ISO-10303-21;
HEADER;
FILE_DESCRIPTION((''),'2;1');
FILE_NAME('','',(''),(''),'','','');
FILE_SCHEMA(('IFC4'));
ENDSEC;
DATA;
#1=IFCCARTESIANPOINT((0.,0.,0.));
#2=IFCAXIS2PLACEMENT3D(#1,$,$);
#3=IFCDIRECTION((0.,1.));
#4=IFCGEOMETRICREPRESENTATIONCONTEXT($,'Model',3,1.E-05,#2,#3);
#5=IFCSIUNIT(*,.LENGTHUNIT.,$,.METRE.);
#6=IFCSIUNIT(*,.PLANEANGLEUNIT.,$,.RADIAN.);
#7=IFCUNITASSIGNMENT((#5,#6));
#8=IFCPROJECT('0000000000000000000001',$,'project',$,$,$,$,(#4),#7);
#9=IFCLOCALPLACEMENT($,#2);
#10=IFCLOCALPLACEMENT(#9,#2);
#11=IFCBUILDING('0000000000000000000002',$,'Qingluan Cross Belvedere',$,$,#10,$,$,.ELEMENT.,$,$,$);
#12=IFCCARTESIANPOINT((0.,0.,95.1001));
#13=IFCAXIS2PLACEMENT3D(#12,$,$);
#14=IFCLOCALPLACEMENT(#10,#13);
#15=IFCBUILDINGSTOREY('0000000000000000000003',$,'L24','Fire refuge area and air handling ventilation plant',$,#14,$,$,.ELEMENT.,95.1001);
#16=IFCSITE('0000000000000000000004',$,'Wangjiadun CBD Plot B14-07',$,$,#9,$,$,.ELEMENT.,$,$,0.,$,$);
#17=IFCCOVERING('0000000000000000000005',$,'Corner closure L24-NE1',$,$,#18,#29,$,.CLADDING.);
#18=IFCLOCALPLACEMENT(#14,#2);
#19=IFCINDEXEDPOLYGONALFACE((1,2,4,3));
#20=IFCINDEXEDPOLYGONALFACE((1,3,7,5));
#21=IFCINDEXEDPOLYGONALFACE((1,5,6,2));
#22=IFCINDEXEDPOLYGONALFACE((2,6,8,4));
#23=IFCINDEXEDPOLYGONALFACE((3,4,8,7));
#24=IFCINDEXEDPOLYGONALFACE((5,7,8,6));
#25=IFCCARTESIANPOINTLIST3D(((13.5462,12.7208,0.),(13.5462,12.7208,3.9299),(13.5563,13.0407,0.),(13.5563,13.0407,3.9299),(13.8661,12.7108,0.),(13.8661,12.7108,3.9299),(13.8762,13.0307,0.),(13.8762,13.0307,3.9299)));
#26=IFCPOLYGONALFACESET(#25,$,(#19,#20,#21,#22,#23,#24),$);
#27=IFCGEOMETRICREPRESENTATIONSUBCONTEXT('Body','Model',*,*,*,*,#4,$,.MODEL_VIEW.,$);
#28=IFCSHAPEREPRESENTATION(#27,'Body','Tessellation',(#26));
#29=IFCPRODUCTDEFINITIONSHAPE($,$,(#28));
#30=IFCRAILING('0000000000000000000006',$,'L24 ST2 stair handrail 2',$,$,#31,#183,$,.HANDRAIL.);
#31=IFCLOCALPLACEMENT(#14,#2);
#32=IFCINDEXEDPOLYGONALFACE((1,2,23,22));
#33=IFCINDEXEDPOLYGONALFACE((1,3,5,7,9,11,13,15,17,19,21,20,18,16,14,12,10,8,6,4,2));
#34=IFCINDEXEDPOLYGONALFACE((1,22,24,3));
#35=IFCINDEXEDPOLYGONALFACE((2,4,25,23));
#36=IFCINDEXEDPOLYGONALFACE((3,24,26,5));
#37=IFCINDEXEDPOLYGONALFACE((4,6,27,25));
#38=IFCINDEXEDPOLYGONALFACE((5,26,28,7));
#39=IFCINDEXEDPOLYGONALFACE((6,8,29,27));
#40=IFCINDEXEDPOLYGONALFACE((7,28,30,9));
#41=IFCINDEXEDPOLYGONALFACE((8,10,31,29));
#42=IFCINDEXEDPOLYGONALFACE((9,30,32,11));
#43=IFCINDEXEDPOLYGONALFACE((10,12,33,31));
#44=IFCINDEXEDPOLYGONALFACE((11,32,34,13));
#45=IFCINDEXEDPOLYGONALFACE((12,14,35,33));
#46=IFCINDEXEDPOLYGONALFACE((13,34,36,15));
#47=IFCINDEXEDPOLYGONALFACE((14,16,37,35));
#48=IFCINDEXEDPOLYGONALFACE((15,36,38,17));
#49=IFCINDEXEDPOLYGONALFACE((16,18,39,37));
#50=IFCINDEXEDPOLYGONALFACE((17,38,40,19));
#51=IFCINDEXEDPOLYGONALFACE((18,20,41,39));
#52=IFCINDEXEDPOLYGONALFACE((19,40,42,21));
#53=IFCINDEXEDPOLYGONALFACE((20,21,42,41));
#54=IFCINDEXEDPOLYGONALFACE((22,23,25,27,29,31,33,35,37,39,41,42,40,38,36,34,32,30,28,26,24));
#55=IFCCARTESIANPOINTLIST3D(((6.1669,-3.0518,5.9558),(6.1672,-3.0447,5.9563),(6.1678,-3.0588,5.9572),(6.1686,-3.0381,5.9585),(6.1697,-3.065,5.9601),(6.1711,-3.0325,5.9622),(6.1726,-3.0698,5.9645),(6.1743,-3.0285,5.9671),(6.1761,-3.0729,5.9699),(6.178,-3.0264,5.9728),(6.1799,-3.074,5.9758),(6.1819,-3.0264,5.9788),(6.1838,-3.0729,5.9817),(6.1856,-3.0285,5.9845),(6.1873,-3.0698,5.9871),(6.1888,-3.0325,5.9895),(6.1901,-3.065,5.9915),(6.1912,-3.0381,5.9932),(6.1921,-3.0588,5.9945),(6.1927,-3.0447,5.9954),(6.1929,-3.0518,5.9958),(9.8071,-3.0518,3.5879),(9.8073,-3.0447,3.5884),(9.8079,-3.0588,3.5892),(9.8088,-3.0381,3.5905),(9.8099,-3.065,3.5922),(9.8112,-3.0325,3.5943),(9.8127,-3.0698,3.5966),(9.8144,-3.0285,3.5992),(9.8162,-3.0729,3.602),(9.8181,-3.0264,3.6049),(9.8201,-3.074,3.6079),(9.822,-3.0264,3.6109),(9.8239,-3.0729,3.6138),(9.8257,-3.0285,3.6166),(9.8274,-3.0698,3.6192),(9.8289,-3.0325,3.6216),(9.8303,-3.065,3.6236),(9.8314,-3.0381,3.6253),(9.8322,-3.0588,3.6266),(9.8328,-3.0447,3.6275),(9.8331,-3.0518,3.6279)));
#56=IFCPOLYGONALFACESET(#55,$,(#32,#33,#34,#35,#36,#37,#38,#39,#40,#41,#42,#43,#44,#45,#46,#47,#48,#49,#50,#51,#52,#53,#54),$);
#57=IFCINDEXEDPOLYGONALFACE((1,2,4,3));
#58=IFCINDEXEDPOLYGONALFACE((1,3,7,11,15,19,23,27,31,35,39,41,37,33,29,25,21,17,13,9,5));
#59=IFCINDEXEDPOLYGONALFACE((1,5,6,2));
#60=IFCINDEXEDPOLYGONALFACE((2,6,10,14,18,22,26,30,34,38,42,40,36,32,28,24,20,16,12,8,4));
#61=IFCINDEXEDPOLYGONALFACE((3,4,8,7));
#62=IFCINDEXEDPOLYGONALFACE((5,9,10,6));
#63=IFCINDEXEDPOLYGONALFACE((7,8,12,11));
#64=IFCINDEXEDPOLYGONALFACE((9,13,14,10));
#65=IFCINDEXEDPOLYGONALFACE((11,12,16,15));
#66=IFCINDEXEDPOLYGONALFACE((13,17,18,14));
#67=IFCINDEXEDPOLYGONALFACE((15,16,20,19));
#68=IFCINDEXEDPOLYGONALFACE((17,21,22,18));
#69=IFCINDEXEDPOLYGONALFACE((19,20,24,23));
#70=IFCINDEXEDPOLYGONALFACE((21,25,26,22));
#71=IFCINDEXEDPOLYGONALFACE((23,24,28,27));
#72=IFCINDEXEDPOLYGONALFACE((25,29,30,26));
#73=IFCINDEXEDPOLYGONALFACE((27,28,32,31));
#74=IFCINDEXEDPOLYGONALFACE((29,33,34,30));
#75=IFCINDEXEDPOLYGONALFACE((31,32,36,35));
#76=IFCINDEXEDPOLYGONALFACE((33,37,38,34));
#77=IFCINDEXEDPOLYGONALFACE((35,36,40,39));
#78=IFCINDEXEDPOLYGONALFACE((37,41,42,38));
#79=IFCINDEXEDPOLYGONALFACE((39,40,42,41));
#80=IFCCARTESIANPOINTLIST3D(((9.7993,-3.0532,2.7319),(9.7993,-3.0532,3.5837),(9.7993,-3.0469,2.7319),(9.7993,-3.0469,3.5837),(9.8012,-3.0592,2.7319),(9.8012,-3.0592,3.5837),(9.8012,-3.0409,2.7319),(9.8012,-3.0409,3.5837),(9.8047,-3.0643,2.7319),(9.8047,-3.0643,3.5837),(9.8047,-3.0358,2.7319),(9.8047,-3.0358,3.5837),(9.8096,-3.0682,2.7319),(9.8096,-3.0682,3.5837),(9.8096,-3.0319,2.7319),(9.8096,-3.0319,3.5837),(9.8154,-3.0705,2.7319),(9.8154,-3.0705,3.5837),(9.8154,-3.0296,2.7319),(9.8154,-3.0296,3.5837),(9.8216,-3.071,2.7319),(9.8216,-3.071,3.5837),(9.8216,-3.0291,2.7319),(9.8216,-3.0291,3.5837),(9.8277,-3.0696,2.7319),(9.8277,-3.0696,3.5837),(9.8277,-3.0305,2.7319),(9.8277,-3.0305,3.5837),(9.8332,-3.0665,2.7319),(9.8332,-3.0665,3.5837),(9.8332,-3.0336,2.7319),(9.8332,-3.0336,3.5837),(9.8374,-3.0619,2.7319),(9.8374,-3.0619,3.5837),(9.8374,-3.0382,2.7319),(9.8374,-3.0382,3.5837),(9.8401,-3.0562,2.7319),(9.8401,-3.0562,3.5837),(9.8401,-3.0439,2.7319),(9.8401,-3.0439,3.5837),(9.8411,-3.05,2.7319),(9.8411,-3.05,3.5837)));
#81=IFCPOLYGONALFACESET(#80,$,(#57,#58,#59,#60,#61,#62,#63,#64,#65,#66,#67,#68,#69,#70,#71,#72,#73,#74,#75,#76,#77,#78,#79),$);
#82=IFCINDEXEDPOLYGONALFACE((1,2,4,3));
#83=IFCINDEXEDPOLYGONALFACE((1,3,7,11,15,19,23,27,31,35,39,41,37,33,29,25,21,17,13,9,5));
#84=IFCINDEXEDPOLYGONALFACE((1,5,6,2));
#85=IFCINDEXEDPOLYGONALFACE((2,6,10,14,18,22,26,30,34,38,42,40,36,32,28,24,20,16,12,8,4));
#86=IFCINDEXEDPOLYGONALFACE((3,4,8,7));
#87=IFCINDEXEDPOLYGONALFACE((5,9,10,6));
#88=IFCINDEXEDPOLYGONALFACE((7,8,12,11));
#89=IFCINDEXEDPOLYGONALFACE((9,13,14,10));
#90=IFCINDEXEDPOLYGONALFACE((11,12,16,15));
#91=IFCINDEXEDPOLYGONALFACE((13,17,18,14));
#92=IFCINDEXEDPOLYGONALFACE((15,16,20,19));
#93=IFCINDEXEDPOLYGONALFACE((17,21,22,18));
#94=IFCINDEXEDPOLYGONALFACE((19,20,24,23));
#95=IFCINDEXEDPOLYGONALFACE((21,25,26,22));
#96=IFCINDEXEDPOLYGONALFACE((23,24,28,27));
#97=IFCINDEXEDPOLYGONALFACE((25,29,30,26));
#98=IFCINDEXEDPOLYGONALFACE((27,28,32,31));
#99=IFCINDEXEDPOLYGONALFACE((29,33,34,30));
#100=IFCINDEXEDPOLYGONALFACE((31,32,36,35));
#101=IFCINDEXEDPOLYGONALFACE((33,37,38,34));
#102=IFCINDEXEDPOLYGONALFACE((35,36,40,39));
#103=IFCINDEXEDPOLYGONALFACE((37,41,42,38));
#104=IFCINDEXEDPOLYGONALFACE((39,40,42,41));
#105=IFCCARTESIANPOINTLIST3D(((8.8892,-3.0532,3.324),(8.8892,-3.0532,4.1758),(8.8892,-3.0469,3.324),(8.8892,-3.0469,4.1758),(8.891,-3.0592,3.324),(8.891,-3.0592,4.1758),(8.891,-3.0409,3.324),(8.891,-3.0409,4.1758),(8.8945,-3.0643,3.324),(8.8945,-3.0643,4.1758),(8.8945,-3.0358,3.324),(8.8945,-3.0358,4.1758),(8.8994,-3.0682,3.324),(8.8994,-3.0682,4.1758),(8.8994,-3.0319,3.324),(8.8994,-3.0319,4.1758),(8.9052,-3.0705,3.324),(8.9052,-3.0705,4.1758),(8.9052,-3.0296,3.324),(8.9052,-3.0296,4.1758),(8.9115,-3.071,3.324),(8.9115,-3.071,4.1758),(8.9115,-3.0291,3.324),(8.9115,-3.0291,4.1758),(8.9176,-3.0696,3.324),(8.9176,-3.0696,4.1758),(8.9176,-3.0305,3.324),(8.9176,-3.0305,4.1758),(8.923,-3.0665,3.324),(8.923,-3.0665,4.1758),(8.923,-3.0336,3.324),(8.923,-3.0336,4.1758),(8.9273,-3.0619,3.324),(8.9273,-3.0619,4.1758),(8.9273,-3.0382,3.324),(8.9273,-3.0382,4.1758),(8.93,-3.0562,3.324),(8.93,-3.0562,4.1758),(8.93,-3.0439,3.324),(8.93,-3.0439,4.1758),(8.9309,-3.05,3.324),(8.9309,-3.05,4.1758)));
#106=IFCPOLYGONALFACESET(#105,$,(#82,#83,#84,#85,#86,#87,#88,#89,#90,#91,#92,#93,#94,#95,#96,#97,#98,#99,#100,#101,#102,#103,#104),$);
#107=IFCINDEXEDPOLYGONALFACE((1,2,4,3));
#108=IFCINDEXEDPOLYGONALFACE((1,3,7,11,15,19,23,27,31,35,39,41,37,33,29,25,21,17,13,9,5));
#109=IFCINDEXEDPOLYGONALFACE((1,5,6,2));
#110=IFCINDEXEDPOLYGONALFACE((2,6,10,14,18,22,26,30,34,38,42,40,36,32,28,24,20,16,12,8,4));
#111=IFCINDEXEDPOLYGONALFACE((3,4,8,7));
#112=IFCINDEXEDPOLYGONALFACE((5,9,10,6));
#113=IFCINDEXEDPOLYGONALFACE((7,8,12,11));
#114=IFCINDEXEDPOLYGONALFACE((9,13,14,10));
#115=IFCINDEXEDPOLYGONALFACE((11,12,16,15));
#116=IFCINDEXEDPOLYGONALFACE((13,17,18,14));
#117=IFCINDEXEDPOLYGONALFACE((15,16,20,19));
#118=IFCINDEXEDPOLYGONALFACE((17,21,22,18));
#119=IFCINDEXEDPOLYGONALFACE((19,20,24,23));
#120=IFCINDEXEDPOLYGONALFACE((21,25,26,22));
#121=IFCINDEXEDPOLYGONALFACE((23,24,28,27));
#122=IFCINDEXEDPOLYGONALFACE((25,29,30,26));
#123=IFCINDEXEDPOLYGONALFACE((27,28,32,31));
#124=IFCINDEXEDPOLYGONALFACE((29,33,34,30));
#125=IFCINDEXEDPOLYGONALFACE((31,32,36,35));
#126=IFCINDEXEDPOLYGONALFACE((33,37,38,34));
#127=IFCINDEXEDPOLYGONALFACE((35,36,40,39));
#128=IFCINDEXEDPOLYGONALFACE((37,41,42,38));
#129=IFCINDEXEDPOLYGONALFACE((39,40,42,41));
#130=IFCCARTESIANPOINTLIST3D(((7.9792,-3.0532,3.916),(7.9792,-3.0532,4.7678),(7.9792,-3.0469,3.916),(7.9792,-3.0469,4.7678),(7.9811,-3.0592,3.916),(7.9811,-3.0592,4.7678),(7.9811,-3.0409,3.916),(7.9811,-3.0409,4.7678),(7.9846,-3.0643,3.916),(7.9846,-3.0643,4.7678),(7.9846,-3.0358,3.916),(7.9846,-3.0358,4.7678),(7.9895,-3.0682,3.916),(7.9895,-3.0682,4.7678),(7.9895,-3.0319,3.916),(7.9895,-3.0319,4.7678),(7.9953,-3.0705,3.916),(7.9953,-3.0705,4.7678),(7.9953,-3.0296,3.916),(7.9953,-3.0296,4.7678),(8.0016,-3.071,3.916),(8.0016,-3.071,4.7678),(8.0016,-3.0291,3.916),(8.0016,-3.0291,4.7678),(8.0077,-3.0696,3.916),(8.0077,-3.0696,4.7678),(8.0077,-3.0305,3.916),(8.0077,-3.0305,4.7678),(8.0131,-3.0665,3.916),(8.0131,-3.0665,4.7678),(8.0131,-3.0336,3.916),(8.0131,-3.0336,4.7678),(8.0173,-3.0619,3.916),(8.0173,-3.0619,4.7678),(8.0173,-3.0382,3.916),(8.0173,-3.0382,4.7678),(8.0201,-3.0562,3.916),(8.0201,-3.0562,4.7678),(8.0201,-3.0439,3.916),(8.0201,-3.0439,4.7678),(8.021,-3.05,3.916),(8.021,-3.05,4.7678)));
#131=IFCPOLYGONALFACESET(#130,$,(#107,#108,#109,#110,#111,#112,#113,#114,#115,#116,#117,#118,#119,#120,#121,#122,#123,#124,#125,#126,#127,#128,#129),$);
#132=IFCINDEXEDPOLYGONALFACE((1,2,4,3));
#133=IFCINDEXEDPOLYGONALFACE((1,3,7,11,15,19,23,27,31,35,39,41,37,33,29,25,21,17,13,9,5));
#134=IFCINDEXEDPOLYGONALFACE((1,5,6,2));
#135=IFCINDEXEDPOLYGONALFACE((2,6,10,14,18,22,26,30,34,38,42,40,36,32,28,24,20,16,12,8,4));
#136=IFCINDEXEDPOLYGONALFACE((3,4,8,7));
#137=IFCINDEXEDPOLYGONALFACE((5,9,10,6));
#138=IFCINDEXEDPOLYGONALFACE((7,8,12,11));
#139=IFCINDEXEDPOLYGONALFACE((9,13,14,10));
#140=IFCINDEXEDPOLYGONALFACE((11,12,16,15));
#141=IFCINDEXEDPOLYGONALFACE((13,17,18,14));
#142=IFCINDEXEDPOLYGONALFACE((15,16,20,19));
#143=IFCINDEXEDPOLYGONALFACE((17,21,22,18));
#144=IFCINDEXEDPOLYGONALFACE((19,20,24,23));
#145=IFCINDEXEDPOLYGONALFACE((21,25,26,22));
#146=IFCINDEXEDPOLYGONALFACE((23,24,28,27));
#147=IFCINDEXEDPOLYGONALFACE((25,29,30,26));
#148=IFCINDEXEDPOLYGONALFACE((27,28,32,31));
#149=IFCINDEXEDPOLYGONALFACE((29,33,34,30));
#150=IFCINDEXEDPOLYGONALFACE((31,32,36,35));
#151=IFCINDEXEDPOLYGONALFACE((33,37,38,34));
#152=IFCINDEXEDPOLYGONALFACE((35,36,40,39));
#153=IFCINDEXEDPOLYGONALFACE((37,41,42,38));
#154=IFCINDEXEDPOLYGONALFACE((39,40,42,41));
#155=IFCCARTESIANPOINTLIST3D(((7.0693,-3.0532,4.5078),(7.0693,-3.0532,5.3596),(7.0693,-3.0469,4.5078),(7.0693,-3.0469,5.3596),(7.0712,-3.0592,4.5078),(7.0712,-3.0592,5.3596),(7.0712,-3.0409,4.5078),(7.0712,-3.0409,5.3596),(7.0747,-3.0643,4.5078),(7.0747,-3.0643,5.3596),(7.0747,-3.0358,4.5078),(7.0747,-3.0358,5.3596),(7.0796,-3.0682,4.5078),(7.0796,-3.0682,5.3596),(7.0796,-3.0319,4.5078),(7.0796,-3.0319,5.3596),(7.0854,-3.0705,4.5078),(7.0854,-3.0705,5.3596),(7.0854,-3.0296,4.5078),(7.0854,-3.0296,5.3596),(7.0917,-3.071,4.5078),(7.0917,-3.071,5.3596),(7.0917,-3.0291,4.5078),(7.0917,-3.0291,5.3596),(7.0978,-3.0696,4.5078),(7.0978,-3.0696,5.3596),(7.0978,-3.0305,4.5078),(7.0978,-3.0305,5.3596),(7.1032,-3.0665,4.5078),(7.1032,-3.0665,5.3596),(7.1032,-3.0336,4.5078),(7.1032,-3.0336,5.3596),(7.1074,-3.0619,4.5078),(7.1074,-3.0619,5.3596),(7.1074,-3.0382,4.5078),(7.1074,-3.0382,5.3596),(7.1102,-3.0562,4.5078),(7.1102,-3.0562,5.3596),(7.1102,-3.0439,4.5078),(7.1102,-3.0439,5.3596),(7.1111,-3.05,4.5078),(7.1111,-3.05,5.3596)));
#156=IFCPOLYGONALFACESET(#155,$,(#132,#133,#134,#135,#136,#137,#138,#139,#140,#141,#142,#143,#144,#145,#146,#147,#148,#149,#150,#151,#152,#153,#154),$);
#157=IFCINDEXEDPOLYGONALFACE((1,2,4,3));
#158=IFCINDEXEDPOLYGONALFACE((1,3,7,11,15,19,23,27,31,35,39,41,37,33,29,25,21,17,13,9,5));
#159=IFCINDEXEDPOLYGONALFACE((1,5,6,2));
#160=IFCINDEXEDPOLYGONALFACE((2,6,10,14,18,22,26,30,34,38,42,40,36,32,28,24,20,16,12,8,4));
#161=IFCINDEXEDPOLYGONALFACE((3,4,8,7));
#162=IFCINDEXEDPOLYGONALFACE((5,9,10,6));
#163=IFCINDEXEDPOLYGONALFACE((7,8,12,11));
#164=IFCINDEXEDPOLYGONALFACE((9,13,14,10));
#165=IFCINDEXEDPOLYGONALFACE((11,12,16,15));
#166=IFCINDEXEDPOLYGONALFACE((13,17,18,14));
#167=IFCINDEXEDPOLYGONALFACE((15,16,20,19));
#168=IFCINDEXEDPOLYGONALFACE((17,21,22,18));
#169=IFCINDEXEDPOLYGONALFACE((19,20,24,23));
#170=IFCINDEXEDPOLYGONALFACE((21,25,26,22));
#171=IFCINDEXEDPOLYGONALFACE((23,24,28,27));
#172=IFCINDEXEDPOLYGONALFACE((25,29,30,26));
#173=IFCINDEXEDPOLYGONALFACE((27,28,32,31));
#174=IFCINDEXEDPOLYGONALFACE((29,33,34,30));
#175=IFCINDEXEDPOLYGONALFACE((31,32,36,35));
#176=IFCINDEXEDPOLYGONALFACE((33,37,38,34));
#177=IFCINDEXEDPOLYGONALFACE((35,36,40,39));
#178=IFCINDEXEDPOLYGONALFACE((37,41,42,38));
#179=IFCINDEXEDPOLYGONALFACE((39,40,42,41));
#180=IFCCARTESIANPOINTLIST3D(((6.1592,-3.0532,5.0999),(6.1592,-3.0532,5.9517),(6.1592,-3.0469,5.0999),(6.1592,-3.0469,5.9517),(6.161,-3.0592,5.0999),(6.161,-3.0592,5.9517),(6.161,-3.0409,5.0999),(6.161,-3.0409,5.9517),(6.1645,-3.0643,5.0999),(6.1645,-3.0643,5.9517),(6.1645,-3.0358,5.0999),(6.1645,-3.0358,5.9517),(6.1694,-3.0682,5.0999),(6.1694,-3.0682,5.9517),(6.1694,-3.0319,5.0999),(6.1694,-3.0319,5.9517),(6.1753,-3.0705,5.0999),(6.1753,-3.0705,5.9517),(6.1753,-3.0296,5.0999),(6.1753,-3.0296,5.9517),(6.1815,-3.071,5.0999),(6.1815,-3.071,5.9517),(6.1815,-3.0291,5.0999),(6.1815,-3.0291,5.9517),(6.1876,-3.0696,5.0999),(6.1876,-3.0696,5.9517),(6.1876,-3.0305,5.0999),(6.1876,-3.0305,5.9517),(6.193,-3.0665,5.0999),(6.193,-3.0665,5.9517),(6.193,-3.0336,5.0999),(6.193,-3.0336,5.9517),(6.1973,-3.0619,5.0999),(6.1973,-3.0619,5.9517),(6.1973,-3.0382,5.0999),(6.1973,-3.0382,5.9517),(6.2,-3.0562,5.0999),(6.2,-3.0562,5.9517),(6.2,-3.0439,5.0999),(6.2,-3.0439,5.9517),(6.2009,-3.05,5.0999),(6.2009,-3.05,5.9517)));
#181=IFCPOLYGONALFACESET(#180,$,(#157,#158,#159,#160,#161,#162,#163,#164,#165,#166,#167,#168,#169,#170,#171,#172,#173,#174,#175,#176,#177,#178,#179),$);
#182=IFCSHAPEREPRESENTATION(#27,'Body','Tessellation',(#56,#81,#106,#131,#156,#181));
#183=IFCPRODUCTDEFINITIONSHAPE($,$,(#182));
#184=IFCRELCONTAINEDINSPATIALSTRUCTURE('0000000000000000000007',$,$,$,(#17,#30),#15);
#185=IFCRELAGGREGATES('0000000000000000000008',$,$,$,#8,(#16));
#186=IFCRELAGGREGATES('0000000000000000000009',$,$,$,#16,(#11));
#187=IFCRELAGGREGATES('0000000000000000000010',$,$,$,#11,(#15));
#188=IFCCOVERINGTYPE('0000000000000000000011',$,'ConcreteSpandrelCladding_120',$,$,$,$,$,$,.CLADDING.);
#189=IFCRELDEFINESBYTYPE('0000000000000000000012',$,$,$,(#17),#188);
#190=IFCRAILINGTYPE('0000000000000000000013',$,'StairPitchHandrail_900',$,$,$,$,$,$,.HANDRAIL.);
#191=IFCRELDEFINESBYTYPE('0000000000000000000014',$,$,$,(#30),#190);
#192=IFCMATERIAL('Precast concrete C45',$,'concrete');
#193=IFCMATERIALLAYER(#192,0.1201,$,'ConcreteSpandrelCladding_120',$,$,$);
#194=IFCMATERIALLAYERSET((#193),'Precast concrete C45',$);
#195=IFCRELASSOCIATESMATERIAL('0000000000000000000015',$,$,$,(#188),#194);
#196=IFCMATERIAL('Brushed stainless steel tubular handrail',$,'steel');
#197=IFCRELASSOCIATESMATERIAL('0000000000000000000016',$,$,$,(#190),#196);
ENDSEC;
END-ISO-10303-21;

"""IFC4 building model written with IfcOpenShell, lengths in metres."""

from ifc_helpers import new_model, si_unit, direction, frame, origin, origin_2d, place, context, subcontext, project, spatial, rectangle, circle, extrude, material, layer, layer_set, type_object, element, save


model = new_model("IFC4")

# Units and contexts
model_context = context("Model", 3, precision=1e-05, world=origin(), true_north=direction((0.0, 1.0)))
body_context = subcontext(model_context, "Body", "Model", "MODEL_VIEW")
ifc_project = project(units=[si_unit("LENGTHUNIT", "METRE"), si_unit("PLANEANGLEUNIT", "RADIAN")], contexts=[model_context])

# Site, building, storey
site_placement = place(None, origin())
site = spatial("IfcSite", under=ifc_project, at=site_placement, Name="Wangjiadun CBD Plot B14-07", CompositionType="ELEMENT", RefElevation=0.0)
building_placement = place(site_placement, origin())
building = spatial("IfcBuilding", under=site, at=building_placement, Name="Qingluan Cross Belvedere", CompositionType="ELEMENT")
storey_placement = place(building_placement, frame((0.0, 0.0, 95.1001)))
storey = spatial("IfcBuildingStorey", under=building, at=storey_placement, Name="L24", Description="Fire refuge area and air handling ventilation plant", CompositionType="ELEMENT", Elevation=95.1001)

# Covering
ifc_material_1 = material(Name="Precast concrete C45", Category="concrete")
ifc_layer_1 = layer(ifc_material_1, 0.1201, Name="ConcreteSpandrelCladding_120")
ifc_layer_set_1 = layer_set([ifc_layer_1], Name="Precast concrete C45")
covering_type = type_object("IfcCoveringType", Name="ConcreteSpandrelCladding_120", PredefinedType="CLADDING", material=ifc_layer_set_1)
covering_placement = place(storey_placement, frame((13.7112, 12.8757, 0.0), z_axis=(0.0, 0.0, 1.0), x_axis=(0.999507, -0.031411, 0.0)))
element("IfcCovering", 1, at=covering_placement, inside=storey, type_object=covering_type, Name="Corner closure L24-NE1", PredefinedType="CLADDING", context=body_context, shape_type="SweptSolid", body=[
    extrude(rectangle(XDim=0.3201, YDim=0.3201, at=origin_2d()), origin(), (0.0, 0.0, 1.0), 3.9299),
])

# Railing
ifc_material_2 = material(Name="Brushed stainless steel tubular handrail", Category="steel")
railing_type = type_object("IfcRailingType", Name="StairPitchHandrail_900", PredefinedType="HANDRAIL", material=ifc_material_2)
railing_placement = place(storey_placement, frame((9.8201, -3.05, 2.7319)))
element("IfcRailing", 2, at=railing_placement, inside=storey, type_object=railing_type, Name="L24 ST2 stair handrail 2", PredefinedType="HANDRAIL", context=body_context, shape_type="SweptSolid", body=[
    extrude(circle(Radius=0.0239, at=origin_2d()), frame((0.0, 0.0, 0.876), z_axis=(-0.838251, 0.0, 0.545285), x_axis=(0.0, -1.0, 0.0)), (0.0, 0.0, 1.0), 4.3425),
    extrude(circle(Radius=0.021, at=origin_2d()), origin(), (0.0, 0.0, 1.0), 0.8518),
    extrude(circle(Radius=0.021, at=origin_2d()), frame((-0.9102, 0.0, 0.592)), (0.0, 0.0, 1.0), 0.8518),
    extrude(circle(Radius=0.021, at=origin_2d()), frame((-1.8201, 0.0, 1.1841)), (0.0, 0.0, 1.0), 0.8518),
    extrude(circle(Radius=0.021, at=origin_2d()), frame((-2.73, 0.0, 1.7759)), (0.0, 0.0, 1.0), 0.8518),
    extrude(circle(Radius=0.021, at=origin_2d()), frame((-3.6401, 0.0, 2.3679)), (0.0, 0.0, 1.0), 0.8518),
])

save(model, "model.ifc")
